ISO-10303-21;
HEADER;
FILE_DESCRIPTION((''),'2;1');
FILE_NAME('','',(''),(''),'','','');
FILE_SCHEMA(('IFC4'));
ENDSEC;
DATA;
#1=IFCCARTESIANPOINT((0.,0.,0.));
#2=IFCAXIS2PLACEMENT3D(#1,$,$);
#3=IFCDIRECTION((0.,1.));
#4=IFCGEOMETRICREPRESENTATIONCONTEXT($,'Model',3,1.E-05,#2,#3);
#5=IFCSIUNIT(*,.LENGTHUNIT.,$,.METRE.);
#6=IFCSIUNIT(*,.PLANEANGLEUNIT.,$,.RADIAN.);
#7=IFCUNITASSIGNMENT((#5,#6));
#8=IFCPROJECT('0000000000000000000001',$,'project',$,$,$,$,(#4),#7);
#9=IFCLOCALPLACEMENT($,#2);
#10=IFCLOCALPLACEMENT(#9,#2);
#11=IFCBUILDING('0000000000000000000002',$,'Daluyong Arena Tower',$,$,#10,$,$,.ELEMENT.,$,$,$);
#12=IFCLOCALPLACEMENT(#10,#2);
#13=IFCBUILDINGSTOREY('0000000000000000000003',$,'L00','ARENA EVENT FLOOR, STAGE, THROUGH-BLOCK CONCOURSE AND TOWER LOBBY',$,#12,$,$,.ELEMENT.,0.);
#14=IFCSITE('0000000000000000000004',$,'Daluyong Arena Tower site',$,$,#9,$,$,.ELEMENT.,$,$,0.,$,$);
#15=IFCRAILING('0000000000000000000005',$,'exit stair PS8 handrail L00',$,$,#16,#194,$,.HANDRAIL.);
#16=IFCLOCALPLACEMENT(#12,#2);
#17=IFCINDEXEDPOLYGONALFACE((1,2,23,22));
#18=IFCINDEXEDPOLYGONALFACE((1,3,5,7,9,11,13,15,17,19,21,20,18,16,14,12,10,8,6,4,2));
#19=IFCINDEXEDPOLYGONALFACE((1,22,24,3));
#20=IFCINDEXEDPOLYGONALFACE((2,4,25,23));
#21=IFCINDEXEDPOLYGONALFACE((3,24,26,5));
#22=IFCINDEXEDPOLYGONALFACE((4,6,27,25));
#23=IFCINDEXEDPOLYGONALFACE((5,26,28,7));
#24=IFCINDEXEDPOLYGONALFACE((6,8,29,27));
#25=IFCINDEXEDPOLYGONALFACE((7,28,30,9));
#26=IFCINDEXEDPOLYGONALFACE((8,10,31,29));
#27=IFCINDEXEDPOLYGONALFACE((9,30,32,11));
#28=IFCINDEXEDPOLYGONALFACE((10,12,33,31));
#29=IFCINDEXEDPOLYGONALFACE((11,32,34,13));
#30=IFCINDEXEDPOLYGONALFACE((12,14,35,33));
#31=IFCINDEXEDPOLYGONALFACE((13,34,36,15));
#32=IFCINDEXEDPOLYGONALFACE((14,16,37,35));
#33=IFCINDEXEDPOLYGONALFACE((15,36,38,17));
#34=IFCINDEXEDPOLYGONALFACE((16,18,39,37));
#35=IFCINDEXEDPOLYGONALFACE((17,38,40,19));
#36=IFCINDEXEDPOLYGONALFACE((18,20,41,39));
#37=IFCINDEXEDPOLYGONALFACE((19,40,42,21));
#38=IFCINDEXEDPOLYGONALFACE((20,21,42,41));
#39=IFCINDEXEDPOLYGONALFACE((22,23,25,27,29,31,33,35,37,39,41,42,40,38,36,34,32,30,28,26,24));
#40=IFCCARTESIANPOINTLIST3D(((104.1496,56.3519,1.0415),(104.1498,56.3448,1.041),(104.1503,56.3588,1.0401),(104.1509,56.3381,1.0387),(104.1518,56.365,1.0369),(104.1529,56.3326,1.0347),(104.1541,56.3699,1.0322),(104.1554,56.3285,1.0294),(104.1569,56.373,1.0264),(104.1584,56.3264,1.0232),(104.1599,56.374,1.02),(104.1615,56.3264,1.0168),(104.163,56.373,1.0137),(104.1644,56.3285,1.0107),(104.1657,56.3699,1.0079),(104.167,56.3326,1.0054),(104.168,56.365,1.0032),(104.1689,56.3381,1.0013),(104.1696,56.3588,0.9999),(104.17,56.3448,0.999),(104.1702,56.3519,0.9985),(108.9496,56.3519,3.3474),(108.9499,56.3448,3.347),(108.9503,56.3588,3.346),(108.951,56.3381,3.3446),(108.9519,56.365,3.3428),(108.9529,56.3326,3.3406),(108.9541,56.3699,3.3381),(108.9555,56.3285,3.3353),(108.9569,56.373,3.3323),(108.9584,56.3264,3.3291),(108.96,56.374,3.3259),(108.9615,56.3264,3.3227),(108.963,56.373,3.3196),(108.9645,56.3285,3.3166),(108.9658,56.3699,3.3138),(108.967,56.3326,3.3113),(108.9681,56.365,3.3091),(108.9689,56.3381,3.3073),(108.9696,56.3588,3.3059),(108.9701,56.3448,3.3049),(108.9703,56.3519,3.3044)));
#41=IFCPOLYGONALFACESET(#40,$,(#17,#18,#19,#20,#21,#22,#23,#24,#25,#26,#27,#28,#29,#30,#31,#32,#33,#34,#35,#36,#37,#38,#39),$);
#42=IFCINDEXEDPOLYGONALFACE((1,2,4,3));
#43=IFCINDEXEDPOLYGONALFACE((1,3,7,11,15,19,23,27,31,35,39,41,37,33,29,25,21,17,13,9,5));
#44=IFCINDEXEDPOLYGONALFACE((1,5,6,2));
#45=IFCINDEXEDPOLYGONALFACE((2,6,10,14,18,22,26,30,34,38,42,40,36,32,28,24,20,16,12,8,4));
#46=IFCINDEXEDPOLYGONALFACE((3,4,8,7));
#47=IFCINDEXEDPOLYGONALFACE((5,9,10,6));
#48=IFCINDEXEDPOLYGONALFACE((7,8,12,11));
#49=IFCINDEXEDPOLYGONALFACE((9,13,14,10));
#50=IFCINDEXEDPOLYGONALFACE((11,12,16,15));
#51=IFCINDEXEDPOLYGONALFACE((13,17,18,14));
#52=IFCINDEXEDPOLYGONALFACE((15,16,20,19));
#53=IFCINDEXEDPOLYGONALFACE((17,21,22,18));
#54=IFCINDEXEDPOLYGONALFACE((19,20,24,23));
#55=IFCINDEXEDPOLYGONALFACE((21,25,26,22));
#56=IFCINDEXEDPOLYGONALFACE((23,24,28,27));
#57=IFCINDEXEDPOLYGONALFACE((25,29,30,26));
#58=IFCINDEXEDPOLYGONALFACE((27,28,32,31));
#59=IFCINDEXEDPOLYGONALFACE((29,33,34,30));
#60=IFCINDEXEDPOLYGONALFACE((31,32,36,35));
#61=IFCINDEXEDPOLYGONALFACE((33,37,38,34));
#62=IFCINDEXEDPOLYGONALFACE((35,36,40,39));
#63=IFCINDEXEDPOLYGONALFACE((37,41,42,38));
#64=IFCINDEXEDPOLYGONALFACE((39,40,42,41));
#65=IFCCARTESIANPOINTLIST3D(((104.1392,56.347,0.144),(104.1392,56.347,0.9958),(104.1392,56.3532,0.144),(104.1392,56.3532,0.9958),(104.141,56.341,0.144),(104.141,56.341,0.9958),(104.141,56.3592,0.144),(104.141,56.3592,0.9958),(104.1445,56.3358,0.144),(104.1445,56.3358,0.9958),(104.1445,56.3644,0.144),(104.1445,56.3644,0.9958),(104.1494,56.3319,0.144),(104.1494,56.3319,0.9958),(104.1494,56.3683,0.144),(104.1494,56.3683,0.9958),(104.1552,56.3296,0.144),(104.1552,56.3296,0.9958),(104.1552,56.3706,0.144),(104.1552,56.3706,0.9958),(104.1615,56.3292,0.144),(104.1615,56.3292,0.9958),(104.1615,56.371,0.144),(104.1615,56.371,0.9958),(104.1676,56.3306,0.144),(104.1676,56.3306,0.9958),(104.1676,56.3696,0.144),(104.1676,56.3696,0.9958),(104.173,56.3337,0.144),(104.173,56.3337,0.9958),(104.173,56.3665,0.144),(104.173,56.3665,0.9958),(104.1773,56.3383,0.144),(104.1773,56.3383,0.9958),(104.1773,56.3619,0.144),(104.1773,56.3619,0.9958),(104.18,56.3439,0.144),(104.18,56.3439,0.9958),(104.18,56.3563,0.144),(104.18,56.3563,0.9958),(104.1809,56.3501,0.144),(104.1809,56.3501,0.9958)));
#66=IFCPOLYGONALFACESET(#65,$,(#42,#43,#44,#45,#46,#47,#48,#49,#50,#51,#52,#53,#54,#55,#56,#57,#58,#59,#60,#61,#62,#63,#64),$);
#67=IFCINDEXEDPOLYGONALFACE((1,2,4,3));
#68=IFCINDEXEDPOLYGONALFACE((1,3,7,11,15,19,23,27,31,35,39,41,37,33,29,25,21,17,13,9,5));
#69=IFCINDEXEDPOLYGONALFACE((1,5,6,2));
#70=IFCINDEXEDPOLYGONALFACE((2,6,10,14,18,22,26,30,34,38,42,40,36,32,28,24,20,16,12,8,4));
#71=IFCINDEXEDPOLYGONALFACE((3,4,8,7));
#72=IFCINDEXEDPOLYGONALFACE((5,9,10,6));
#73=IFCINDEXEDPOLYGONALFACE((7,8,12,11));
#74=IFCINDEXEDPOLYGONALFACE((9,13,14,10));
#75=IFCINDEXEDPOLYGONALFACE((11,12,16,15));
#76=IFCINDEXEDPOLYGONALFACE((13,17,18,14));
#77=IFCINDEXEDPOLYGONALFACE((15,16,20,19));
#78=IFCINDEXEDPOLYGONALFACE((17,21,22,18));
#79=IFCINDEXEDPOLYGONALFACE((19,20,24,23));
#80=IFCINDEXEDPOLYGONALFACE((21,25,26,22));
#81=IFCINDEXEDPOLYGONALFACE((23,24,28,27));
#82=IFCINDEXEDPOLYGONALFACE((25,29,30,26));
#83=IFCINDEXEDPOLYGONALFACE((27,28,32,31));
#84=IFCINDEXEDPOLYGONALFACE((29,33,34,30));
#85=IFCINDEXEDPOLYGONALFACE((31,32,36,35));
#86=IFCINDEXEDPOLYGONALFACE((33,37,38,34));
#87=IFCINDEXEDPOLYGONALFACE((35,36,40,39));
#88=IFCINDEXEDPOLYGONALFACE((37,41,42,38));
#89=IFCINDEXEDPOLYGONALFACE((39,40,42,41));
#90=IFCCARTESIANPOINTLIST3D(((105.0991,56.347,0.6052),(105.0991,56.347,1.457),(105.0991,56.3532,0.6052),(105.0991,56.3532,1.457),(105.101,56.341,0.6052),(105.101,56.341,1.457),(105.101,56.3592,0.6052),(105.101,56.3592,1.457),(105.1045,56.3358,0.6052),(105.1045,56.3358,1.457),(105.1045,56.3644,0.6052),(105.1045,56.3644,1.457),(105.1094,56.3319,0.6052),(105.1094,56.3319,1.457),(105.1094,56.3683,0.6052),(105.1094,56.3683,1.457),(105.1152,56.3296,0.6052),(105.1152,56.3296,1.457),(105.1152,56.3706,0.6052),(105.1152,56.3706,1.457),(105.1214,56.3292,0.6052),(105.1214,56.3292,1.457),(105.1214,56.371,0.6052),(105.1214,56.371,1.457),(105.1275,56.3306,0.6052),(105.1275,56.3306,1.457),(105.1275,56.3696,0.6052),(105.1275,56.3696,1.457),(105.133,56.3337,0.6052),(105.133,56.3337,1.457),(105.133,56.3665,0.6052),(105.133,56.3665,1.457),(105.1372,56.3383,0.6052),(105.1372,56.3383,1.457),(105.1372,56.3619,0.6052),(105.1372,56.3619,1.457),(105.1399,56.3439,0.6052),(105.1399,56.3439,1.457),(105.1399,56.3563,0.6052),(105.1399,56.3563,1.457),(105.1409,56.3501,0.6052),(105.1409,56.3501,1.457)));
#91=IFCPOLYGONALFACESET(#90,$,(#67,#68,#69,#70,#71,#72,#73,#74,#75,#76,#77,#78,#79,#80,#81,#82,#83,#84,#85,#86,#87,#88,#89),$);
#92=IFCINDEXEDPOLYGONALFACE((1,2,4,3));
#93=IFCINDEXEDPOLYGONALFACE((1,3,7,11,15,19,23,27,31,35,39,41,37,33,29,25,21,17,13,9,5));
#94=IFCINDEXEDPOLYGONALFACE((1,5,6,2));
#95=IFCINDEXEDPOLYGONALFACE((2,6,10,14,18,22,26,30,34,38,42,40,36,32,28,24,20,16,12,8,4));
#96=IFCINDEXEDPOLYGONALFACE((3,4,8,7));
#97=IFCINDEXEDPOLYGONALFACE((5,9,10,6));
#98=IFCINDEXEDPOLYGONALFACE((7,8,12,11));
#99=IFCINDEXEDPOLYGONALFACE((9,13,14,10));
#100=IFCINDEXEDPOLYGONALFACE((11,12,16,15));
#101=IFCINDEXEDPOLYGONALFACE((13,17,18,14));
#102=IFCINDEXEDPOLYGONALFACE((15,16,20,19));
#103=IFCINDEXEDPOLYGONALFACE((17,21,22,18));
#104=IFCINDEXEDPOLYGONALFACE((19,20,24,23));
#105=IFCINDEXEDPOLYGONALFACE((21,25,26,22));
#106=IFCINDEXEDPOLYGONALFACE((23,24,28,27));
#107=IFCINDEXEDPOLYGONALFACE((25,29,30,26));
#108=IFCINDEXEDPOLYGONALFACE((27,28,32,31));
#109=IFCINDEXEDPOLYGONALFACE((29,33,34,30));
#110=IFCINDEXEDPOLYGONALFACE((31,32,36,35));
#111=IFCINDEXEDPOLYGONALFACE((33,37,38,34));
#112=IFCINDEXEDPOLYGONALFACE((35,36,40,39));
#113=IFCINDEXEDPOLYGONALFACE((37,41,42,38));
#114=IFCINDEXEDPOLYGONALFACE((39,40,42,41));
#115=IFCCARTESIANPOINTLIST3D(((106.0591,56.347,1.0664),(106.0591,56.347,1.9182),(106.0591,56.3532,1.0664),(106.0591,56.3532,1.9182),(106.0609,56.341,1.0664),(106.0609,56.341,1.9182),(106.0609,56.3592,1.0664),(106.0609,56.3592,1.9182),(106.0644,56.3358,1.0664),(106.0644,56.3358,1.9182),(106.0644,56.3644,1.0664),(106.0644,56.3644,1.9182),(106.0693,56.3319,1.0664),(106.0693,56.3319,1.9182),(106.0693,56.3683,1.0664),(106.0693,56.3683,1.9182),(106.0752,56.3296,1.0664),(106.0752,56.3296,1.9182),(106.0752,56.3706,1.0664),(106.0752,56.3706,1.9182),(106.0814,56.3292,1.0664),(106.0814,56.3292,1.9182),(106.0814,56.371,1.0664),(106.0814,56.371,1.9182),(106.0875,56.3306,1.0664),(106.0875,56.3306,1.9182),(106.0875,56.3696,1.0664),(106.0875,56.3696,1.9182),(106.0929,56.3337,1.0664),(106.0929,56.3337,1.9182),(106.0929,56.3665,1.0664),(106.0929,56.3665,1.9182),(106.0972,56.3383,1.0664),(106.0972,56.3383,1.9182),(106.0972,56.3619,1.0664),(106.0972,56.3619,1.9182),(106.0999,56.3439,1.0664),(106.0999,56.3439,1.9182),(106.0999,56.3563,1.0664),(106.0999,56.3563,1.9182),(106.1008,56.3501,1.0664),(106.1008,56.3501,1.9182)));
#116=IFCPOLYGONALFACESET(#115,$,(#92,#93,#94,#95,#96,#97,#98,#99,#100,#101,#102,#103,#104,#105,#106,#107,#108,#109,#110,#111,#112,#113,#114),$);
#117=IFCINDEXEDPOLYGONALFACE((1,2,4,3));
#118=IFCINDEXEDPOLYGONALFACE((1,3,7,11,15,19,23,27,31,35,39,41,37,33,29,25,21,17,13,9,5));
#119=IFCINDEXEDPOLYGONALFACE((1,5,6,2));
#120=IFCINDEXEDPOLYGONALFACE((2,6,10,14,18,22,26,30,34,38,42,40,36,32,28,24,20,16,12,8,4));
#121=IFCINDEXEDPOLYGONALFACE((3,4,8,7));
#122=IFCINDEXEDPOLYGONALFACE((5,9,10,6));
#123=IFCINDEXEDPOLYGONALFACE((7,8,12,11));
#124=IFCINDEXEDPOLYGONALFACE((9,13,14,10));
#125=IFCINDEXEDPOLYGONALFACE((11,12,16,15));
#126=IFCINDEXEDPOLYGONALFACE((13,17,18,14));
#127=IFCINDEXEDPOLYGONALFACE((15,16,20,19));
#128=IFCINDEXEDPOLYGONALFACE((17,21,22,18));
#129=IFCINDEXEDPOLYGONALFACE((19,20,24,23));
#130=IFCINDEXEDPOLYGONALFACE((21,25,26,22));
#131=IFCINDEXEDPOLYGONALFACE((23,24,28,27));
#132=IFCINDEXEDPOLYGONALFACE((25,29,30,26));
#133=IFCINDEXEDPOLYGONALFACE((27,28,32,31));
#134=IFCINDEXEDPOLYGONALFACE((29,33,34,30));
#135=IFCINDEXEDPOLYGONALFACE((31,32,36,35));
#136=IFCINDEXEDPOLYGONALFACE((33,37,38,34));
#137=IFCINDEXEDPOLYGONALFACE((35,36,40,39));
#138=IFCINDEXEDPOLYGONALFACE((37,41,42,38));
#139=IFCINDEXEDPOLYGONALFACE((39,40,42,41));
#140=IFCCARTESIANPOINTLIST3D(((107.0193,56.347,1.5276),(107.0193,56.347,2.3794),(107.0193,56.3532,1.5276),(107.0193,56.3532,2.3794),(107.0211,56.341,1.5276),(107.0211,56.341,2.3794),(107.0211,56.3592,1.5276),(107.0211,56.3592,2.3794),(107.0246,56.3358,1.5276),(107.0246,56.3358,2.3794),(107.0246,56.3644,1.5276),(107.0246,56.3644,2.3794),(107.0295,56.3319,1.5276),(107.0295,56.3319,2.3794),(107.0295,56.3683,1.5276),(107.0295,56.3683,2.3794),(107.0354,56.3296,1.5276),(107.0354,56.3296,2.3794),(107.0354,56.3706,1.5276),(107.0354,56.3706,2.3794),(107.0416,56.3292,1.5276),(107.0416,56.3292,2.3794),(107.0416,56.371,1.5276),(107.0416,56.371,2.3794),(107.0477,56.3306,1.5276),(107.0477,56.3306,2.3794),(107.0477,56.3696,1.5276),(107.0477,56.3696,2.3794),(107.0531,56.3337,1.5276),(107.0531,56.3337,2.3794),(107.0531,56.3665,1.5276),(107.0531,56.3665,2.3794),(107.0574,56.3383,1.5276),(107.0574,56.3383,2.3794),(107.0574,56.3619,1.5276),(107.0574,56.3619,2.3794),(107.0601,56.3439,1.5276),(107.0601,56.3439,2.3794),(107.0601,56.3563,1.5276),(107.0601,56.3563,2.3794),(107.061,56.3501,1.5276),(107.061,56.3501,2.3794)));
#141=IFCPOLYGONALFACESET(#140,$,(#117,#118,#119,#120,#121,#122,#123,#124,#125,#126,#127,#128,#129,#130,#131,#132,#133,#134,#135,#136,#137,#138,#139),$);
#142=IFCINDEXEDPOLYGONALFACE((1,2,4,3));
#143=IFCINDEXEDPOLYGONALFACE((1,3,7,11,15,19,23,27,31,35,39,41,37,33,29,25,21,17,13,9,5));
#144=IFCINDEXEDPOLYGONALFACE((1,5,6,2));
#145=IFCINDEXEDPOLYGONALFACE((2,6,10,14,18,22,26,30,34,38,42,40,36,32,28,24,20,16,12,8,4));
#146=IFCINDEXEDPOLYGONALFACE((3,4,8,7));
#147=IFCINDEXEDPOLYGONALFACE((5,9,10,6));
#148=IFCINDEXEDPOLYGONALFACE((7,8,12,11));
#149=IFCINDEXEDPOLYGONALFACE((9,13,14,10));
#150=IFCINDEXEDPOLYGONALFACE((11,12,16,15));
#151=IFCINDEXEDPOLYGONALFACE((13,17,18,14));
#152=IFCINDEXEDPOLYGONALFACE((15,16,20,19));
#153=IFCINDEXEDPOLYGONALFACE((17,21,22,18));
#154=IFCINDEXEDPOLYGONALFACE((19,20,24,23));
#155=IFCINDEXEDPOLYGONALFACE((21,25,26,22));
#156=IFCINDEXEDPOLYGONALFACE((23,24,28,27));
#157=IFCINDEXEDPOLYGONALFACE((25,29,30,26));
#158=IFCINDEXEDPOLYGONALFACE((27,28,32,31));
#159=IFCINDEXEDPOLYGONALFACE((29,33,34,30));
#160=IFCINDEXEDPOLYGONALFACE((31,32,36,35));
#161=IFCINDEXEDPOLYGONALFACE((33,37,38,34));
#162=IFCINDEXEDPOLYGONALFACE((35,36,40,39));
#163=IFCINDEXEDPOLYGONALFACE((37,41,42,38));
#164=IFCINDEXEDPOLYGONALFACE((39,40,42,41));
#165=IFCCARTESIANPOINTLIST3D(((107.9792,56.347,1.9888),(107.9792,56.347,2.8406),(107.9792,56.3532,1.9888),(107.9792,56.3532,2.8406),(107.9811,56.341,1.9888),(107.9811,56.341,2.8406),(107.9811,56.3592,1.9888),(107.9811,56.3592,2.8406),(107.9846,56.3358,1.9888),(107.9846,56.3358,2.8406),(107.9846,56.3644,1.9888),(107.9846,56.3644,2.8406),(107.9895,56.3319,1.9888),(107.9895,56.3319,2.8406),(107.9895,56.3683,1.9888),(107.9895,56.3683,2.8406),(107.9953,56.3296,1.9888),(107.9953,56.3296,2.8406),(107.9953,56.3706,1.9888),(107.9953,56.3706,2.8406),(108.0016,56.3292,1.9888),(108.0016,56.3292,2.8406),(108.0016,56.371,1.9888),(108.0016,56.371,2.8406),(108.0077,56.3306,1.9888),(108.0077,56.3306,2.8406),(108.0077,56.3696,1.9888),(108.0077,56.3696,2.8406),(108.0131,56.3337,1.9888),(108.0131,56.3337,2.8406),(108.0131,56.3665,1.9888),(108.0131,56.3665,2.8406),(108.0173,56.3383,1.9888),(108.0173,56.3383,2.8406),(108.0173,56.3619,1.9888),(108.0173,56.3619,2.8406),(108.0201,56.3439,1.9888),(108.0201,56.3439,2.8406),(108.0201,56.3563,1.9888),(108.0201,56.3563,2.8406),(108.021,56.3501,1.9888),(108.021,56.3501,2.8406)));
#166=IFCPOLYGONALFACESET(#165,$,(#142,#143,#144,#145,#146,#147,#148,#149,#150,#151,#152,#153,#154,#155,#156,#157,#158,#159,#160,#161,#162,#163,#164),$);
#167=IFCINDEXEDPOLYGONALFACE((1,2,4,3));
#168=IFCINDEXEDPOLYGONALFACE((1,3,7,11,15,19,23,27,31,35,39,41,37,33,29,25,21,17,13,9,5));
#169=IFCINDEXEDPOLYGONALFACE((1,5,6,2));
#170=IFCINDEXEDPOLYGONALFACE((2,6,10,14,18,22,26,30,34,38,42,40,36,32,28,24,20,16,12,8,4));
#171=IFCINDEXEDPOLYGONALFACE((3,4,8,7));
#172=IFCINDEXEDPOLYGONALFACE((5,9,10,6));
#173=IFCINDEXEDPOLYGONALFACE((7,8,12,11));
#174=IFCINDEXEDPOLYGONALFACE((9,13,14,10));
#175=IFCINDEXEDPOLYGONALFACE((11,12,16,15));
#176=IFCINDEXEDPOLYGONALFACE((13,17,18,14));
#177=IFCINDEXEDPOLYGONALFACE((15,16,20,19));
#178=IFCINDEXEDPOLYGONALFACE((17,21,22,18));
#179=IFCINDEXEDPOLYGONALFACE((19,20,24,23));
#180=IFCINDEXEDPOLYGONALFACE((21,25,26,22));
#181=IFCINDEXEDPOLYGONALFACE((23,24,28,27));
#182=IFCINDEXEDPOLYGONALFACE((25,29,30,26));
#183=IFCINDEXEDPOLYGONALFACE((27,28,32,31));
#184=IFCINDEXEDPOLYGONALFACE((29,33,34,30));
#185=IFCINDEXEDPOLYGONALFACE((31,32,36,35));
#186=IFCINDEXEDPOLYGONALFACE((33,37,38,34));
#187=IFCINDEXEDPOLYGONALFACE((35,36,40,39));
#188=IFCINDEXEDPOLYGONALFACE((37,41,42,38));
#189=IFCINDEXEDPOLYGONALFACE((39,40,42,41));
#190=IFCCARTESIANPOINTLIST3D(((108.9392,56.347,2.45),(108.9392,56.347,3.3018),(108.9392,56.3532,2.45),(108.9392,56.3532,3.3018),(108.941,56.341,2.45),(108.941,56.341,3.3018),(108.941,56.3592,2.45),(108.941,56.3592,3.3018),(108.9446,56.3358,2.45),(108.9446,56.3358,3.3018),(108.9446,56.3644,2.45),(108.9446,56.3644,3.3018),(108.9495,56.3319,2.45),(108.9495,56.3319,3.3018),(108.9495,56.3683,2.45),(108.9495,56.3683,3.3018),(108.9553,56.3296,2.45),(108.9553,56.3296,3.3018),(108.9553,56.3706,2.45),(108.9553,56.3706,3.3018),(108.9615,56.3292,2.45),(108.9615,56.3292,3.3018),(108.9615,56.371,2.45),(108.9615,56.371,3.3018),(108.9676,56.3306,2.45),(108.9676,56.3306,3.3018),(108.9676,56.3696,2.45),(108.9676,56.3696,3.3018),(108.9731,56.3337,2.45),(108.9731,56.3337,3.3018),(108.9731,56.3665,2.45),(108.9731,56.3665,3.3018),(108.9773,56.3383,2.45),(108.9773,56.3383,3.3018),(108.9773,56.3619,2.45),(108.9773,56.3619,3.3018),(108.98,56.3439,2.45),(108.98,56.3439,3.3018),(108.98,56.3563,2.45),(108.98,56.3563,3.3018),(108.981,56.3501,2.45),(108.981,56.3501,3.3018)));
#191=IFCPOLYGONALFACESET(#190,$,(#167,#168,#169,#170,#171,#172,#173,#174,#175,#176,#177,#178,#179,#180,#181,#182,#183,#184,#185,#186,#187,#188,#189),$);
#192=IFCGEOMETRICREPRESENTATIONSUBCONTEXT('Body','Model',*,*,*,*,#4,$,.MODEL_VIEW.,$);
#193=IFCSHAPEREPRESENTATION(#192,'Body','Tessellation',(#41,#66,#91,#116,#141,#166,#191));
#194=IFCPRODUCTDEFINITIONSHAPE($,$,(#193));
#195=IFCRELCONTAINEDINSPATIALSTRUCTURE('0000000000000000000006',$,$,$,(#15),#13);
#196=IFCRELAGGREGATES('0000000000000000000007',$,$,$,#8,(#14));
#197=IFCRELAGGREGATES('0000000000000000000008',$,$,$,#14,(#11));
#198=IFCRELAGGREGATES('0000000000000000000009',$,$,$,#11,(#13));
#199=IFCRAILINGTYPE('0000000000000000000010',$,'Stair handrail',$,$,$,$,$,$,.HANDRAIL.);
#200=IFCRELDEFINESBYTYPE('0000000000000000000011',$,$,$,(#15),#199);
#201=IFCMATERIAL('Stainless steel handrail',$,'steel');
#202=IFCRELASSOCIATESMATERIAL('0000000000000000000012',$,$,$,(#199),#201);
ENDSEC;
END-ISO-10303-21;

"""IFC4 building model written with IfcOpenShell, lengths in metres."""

from ifc_helpers import new_model, si_unit, direction, frame, origin, origin_2d, place, context, subcontext, project, spatial, circle, extrude, material, type_object, element, save


model = new_model("IFC4")

# Units and contexts
model_context = context("Model", 3, precision=1e-05, world=origin(), true_north=direction((0.0, 1.0)))
body_context = subcontext(model_context, "Body", "Model", "MODEL_VIEW")
ifc_project = project(units=[si_unit("LENGTHUNIT", "METRE"), si_unit("PLANEANGLEUNIT", "RADIAN")], contexts=[model_context])

# Site, building, storey
site_placement = place(None, origin())
site = spatial("IfcSite", under=ifc_project, at=site_placement, Name="Daluyong Arena Tower site", CompositionType="ELEMENT", RefElevation=0.0)
building_placement = place(site_placement, origin())
building = spatial("IfcBuilding", under=site, at=building_placement, Name="Daluyong Arena Tower", CompositionType="ELEMENT")
storey_placement = place(building_placement, origin())
storey = spatial("IfcBuildingStorey", under=building, at=storey_placement, Name="L00", Description="ARENA EVENT FLOOR, STAGE, THROUGH-BLOCK CONCOURSE AND TOWER LOBBY", CompositionType="ELEMENT", Elevation=0.0)

# Railing
ifc_material_1 = material(Name="Stainless steel handrail", Category="steel")
railing_type_1 = type_object("IfcRailingType", Name="Stair handrail", PredefinedType="HANDRAIL", material=ifc_material_1)
railing_1_placement = place(storey_placement, frame((104.1599, 56.3501, 0.144)))
element("IfcRailing", 1, at=railing_1_placement, inside=storey, type_object=railing_type_1, Name="exit stair PS8 handrail L00", PredefinedType="HANDRAIL", context=body_context, shape_type="SweptSolid", body=[
    extrude(circle(Radius=0.0239, at=origin_2d()), frame((0.0, 0.0, 0.876), z_axis=(0.901385, 0.0, 0.433019), x_axis=(0.0, 1.0, 0.0)), (0.0, 0.0, 1.0), 5.3252),
    extrude(circle(Radius=0.021, at=origin_2d()), origin(), (0.0, 0.0, 1.0), 0.8518),
    extrude(circle(Radius=0.021, at=origin_2d()), frame((0.96, 0.0, 0.4612)), (0.0, 0.0, 1.0), 0.8518),
    extrude(circle(Radius=0.021, at=origin_2d()), frame((1.9199, 0.0, 0.9224)), (0.0, 0.0, 1.0), 0.8518),
    extrude(circle(Radius=0.021, at=origin_2d()), frame((2.8801, 0.0, 1.3835)), (0.0, 0.0, 1.0), 0.8518),
    extrude(circle(Radius=0.021, at=origin_2d()), frame((3.8401, 0.0, 1.8447)), (0.0, 0.0, 1.0), 0.8518),
    extrude(circle(Radius=0.021, at=origin_2d()), frame((4.8, 0.0, 2.3059)), (0.0, 0.0, 1.0), 0.8518),
])

save(model, "model.ifc")
